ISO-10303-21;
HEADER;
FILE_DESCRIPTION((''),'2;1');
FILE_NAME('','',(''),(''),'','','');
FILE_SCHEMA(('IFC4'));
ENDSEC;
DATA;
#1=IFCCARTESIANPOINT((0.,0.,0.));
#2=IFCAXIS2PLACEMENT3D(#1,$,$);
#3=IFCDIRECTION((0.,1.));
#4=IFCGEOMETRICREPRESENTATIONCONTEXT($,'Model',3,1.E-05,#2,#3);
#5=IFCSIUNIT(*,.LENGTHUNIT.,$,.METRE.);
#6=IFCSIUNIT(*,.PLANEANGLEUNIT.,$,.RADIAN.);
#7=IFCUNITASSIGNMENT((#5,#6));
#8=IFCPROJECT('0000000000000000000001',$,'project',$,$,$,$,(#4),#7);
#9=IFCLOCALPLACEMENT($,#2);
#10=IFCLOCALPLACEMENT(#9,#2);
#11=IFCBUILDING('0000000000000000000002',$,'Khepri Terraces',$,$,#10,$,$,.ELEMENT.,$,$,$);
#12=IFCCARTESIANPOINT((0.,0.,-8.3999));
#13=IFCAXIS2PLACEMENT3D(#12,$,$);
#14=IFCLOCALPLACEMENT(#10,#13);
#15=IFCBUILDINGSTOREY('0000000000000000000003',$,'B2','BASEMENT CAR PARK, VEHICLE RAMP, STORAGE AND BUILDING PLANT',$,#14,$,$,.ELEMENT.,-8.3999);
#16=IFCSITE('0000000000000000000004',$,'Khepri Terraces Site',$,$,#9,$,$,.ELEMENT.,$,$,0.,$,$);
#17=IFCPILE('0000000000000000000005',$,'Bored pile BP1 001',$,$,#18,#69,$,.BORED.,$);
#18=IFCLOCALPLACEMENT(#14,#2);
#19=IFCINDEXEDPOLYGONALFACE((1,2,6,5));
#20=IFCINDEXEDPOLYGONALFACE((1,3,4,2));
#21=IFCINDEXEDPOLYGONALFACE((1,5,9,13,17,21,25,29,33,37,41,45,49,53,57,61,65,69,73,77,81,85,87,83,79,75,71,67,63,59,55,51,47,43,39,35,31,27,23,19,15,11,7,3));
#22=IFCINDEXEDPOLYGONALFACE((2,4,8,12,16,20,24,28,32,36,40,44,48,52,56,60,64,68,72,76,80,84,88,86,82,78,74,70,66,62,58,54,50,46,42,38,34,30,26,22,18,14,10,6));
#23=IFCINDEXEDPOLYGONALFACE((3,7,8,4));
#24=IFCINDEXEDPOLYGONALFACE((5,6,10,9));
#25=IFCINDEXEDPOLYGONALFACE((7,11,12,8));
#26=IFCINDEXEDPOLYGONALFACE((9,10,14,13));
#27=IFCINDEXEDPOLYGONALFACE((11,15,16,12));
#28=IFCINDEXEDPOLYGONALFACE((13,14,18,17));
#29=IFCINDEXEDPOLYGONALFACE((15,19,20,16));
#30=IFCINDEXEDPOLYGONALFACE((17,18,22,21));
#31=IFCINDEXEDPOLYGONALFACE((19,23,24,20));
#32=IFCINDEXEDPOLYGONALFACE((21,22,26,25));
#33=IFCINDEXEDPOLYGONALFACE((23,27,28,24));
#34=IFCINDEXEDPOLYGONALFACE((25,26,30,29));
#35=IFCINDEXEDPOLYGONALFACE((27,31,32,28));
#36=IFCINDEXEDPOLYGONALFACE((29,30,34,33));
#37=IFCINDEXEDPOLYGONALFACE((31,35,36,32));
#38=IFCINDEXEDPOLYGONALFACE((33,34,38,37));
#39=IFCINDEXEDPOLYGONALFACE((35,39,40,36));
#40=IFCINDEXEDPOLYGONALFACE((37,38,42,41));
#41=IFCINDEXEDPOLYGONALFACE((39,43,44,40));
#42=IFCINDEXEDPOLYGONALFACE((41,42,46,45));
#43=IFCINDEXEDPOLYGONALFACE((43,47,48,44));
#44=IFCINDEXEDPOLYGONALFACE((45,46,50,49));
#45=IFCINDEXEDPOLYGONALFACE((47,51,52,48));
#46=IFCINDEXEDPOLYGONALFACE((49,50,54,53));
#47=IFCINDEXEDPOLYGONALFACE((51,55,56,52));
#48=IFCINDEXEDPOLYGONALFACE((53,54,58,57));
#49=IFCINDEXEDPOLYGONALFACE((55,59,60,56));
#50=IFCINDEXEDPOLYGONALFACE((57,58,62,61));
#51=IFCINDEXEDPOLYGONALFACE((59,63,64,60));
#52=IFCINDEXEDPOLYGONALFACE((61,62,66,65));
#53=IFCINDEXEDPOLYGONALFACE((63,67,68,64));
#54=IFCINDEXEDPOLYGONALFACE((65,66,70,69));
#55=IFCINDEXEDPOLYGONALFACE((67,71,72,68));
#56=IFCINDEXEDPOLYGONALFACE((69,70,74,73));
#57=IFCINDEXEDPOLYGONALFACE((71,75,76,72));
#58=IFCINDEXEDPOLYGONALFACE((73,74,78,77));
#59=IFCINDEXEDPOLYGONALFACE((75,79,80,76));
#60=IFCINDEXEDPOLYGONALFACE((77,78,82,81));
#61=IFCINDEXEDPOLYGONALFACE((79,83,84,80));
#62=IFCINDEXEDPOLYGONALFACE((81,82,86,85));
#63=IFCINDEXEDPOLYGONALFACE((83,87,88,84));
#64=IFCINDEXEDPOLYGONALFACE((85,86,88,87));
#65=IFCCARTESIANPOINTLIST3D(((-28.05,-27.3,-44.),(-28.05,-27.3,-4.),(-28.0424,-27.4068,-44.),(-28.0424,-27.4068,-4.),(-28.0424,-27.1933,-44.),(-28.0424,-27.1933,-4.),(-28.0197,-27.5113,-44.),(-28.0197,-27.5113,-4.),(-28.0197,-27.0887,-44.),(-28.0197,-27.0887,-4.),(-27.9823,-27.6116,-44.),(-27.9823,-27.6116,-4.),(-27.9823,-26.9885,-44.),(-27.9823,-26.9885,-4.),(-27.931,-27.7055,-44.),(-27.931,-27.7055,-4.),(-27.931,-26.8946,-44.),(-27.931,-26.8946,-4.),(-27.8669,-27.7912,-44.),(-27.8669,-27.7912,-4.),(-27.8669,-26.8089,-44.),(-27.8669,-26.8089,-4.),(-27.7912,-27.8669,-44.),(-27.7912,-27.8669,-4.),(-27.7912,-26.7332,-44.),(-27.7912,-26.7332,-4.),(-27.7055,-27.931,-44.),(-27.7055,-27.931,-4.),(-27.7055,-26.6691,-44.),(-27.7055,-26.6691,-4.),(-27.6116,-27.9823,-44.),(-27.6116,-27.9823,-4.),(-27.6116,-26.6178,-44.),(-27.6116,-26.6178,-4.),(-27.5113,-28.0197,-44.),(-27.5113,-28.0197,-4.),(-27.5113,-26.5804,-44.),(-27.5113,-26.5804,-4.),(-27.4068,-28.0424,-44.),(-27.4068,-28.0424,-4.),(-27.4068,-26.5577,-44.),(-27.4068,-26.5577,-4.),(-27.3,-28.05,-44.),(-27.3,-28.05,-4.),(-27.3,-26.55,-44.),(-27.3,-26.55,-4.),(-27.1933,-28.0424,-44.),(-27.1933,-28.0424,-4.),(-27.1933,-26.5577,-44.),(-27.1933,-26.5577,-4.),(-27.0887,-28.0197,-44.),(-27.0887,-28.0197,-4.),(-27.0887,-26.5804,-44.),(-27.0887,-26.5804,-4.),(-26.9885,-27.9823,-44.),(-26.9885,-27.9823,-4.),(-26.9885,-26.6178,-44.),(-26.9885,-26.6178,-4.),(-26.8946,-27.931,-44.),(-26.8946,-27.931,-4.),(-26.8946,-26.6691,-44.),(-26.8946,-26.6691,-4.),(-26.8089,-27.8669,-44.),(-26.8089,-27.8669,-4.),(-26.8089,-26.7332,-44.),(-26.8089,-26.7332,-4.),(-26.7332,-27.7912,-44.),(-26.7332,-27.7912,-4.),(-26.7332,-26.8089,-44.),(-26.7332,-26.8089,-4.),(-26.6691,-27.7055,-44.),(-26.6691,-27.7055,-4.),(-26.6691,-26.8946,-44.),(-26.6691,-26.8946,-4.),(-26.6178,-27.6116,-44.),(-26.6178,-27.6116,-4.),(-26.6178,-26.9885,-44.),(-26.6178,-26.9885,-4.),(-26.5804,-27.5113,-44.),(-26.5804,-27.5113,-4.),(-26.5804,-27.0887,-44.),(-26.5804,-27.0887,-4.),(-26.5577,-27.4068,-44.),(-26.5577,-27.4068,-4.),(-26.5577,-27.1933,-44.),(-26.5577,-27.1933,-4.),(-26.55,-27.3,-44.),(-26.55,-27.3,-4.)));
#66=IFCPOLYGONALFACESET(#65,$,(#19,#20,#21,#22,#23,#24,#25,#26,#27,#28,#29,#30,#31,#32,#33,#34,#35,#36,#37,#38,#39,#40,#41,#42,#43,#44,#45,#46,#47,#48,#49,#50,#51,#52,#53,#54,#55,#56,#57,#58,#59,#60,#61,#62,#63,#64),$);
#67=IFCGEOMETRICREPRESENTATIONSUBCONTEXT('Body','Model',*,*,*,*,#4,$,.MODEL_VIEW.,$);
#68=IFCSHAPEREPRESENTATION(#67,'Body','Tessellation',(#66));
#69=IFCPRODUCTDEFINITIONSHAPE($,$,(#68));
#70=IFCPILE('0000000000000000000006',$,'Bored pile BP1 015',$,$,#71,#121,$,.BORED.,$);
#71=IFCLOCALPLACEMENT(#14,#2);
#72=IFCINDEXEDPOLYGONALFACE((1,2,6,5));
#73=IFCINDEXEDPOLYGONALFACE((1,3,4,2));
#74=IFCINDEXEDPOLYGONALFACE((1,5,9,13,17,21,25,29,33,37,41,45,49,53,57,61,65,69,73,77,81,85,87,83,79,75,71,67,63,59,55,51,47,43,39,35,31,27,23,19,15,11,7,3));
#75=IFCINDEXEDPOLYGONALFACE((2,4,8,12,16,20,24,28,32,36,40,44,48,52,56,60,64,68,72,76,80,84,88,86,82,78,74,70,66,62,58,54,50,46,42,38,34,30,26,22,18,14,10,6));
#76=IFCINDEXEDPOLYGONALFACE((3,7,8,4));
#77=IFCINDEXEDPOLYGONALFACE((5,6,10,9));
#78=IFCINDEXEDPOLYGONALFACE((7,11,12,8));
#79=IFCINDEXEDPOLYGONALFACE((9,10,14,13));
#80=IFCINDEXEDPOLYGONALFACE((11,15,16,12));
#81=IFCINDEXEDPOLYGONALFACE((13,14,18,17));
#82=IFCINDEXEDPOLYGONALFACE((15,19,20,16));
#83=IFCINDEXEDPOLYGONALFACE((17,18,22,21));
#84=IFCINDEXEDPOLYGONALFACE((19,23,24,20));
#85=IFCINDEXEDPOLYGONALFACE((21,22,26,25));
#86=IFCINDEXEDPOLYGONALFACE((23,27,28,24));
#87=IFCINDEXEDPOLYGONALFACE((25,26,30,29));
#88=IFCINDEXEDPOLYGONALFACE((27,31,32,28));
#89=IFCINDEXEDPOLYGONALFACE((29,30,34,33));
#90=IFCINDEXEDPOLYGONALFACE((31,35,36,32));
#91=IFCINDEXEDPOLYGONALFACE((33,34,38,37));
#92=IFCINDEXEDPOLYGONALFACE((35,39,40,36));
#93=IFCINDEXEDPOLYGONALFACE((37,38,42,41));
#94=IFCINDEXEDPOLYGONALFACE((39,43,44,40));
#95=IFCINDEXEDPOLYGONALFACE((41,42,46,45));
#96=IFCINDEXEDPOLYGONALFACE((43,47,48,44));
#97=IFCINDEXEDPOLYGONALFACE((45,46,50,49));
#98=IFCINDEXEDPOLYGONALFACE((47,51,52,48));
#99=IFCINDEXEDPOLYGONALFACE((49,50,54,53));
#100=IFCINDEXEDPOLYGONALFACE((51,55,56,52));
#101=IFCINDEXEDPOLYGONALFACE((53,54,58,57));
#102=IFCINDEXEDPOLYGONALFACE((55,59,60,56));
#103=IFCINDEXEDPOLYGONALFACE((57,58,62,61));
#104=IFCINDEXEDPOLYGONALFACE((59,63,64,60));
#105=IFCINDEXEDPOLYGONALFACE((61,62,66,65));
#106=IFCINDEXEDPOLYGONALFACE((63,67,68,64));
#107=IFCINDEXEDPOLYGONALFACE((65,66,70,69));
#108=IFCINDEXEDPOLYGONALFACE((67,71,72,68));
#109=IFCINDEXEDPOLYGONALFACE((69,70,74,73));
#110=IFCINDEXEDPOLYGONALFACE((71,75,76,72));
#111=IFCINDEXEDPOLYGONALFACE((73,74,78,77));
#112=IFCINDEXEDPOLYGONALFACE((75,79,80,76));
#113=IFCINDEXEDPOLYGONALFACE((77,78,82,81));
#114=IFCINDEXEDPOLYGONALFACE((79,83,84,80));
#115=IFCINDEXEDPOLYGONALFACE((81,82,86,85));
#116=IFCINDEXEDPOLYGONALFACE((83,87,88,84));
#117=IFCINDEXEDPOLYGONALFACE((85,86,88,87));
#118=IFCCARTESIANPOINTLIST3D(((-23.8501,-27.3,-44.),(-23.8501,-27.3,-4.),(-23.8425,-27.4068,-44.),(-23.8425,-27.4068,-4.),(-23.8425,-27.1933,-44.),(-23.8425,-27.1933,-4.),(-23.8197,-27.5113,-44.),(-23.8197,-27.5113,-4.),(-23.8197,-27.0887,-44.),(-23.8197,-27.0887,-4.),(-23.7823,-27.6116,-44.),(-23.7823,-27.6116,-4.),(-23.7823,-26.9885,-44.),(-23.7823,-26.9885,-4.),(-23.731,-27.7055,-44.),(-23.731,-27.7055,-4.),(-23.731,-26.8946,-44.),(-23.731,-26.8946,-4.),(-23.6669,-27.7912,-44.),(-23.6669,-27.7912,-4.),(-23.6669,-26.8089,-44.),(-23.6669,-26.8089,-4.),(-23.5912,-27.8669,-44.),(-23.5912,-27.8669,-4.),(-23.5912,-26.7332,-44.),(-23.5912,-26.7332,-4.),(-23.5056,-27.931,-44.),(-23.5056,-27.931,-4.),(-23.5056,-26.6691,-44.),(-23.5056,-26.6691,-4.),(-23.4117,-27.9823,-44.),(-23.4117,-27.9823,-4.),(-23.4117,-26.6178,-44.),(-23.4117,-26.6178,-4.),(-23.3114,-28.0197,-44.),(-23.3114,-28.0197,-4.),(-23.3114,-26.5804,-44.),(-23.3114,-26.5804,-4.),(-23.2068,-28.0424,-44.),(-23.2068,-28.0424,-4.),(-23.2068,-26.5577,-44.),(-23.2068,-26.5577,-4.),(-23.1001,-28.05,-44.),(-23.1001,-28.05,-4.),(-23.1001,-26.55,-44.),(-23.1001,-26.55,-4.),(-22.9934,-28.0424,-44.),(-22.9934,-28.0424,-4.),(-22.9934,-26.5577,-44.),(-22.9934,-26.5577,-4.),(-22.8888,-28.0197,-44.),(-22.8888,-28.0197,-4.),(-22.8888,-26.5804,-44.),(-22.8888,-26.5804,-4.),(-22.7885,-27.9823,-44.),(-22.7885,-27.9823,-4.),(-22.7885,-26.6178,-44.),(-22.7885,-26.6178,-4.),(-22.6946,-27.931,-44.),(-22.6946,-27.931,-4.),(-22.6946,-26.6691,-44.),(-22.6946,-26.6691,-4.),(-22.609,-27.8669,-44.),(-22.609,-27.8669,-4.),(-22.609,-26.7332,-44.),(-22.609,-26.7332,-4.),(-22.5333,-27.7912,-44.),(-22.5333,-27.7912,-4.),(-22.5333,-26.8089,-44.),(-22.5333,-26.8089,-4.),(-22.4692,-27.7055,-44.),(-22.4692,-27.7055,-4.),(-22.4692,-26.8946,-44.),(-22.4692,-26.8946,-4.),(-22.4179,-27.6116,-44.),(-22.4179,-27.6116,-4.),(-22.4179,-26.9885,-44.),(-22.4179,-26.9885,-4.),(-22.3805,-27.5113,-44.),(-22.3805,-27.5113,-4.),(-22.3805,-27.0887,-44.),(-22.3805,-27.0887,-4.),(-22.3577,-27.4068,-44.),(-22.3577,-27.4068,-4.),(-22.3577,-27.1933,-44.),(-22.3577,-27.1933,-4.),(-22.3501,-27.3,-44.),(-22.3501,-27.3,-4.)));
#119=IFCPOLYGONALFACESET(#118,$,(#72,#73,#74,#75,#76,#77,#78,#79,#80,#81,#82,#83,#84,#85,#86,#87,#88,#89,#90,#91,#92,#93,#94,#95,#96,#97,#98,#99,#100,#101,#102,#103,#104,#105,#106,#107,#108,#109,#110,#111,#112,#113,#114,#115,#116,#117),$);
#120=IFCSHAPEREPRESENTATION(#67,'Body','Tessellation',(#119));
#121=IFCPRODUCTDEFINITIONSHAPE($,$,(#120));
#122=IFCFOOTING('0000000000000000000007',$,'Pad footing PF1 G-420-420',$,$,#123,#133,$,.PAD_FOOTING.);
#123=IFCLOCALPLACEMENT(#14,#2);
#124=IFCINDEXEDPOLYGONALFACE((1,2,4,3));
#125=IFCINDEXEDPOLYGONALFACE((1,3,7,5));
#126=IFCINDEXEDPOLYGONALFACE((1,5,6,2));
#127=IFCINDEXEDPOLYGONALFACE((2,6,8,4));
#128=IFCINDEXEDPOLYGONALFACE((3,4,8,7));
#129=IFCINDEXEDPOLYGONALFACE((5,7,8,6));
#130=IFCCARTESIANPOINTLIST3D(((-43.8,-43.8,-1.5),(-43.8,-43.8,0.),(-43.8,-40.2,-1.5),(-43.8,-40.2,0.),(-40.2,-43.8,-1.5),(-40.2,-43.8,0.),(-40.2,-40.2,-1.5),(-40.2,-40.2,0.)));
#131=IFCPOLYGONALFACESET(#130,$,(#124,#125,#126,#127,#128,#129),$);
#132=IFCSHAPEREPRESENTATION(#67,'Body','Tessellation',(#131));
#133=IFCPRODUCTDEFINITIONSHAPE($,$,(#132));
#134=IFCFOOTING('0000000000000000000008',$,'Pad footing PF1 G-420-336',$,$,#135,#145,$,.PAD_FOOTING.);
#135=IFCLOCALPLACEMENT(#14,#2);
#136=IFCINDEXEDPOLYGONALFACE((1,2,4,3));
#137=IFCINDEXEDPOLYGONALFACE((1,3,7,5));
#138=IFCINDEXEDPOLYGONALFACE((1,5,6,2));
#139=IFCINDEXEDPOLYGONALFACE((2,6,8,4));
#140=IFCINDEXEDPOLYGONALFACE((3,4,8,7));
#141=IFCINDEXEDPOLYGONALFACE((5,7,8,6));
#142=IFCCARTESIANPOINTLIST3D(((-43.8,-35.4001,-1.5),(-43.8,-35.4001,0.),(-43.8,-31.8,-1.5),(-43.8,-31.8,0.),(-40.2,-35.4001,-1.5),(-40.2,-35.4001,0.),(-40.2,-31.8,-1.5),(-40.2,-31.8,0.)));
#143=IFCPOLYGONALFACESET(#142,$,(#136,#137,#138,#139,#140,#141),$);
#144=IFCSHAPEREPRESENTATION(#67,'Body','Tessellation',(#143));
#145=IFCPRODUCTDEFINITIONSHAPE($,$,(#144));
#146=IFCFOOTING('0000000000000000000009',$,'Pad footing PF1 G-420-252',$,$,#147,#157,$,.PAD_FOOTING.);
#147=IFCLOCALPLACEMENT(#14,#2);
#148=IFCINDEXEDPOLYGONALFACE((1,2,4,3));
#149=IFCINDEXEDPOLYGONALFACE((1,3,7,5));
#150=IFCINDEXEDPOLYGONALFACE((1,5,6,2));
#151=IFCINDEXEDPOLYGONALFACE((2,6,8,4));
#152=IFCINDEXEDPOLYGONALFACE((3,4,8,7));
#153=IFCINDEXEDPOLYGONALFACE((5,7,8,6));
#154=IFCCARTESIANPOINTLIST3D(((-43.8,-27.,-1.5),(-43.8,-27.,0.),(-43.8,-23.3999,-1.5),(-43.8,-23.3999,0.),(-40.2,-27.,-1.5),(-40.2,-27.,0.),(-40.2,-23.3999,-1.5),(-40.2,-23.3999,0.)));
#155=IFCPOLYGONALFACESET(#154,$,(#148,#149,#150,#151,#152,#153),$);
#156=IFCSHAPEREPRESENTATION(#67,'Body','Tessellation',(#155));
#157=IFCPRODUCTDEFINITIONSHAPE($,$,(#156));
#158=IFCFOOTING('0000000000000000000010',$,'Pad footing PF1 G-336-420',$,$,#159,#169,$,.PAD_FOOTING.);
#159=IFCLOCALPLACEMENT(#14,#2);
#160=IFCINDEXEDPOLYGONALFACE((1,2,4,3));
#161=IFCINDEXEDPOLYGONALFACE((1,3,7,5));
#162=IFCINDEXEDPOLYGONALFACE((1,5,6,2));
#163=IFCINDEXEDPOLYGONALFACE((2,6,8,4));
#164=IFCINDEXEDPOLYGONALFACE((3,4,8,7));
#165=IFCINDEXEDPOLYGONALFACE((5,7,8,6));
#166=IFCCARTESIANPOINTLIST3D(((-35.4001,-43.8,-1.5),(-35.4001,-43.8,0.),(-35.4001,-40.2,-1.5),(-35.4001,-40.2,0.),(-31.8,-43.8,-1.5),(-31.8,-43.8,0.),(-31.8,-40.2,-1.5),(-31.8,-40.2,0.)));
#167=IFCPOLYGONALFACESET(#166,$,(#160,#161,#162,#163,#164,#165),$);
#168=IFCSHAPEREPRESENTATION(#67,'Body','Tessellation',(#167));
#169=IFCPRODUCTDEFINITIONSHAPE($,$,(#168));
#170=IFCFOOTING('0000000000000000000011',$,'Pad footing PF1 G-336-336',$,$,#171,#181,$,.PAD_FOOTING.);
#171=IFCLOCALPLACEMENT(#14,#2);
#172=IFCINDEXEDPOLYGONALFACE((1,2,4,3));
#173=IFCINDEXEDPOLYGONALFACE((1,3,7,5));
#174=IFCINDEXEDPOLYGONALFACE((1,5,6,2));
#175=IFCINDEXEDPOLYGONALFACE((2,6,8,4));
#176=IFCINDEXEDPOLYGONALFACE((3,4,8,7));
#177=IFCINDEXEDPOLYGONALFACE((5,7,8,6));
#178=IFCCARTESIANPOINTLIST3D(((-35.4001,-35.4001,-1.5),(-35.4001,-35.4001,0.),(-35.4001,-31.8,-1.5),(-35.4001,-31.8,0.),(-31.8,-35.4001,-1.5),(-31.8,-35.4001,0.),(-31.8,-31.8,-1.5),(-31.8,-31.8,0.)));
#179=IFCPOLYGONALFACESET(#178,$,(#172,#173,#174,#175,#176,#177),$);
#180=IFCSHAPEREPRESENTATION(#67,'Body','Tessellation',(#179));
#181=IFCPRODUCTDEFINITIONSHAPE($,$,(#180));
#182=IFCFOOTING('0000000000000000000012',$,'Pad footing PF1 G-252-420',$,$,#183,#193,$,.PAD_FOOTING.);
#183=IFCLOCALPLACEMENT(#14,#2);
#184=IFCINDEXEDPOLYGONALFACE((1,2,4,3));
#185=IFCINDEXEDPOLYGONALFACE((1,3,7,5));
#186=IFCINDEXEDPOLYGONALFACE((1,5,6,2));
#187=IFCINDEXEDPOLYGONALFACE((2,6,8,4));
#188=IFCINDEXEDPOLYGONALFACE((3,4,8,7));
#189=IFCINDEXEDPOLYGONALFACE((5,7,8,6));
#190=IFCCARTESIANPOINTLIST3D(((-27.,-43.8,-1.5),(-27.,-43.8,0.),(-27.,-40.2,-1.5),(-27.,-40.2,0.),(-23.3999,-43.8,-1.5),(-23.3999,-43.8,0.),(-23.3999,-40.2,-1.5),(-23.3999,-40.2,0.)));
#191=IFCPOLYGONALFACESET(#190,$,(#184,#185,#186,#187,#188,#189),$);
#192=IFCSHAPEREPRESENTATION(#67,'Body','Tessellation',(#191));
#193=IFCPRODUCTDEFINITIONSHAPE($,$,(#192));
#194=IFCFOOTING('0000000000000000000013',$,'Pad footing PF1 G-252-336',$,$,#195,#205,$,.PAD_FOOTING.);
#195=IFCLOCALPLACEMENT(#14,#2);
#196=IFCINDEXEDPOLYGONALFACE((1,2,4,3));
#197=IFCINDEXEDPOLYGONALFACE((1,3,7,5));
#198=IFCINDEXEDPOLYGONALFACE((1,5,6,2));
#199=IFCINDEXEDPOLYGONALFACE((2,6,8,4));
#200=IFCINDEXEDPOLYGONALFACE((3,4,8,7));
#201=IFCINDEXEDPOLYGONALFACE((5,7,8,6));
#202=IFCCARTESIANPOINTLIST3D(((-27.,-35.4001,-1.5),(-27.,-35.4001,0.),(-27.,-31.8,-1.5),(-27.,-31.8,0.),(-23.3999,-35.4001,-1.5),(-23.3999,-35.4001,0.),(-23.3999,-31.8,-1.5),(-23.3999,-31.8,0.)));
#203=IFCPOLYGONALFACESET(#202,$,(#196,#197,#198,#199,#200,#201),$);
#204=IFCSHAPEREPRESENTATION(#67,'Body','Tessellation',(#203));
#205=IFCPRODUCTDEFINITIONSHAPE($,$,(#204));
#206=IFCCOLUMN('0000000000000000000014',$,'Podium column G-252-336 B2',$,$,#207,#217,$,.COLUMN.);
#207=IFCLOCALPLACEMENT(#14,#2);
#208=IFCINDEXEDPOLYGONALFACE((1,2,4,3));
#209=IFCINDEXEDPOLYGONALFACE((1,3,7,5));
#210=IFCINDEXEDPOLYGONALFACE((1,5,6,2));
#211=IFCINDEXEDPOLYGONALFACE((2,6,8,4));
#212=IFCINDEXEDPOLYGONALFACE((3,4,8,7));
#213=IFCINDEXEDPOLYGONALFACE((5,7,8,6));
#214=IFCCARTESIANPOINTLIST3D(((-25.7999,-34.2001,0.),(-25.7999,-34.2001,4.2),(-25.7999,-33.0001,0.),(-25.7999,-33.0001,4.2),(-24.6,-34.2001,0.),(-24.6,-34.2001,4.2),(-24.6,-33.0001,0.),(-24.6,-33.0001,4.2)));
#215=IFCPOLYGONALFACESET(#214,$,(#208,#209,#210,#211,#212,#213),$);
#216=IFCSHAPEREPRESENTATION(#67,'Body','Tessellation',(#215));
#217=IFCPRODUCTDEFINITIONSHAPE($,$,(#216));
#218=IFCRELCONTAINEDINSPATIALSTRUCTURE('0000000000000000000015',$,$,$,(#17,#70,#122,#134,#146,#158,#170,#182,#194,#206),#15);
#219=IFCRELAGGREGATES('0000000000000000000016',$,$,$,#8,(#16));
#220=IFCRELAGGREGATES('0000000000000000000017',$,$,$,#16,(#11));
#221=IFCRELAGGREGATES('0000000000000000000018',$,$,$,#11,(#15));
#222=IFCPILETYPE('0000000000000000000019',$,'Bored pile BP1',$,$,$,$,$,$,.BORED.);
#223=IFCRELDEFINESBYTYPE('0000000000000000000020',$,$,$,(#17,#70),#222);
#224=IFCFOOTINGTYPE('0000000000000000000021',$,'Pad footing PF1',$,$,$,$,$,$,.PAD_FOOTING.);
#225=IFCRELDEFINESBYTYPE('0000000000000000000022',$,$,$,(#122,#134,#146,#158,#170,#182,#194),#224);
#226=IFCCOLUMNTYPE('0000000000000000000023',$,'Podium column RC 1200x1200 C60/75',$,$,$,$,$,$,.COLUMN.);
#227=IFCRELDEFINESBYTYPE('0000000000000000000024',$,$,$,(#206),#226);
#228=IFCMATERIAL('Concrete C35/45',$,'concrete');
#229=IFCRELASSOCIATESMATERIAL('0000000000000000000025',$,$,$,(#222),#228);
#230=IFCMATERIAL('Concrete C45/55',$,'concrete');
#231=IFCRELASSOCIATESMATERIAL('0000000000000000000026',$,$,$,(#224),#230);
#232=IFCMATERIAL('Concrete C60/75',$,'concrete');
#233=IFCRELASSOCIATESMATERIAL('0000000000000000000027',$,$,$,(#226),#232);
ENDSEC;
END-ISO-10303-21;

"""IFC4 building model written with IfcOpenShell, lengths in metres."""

from ifc_helpers import new_model, si_unit, direction, frame, origin, origin_2d, place, context, subcontext, project, spatial, rectangle, circle, extrude, material, material_profile, profile_set, type_object, element, save


model = new_model("IFC4")

# Units and contexts
model_context = context("Model", 3, precision=1e-05, world=origin(), true_north=direction((0.0, 1.0)))
body_context = subcontext(model_context, "Body", "Model", "MODEL_VIEW")
ifc_project = project(units=[si_unit("LENGTHUNIT", "METRE"), si_unit("PLANEANGLEUNIT", "RADIAN")], contexts=[model_context])

# Site, building, storey
site_placement = place(None, origin())
site = spatial("IfcSite", under=ifc_project, at=site_placement, Name="Khepri Terraces Site", CompositionType="ELEMENT", RefElevation=0.0)
building_placement = place(site_placement, origin())
building = spatial("IfcBuilding", under=site, at=building_placement, Name="Khepri Terraces", CompositionType="ELEMENT")
storey_placement = place(building_placement, frame((0.0, 0.0, -8.3999)))
storey = spatial("IfcBuildingStorey", under=building, at=storey_placement, Name="B2", Description="BASEMENT CAR PARK, VEHICLE RAMP, STORAGE AND BUILDING PLANT", CompositionType="ELEMENT", Elevation=-8.3999)

# Piles
ifc_material_1 = material(Name="Concrete C35/45", Category="concrete")
ifc_material_profile_1 = material_profile(ifc_material_1, circle(Radius=0.75, at=origin_2d()), Name="Concrete C35/45", Category="concrete")
ifc_profile_set_1 = profile_set([ifc_material_profile_1], Name="Concrete C35/45")
pile_type = type_object("IfcPileType", Name="Bored pile BP1", PredefinedType="BORED", material=ifc_profile_set_1)
for number, where, z_axis, x_axis, name in (
    (1, (-27.3, -27.3, -4.0), (0.0, 0.0, -1.0), (1.0, 0.0, 0.0), "Bored pile BP1 001"),
    (2, (-23.1001, -27.3, -4.0), (0.0, 0.0, -1.0), (1.0, 0.0, 0.0), "Bored pile BP1 015"),
):
    element("IfcPile", number, at=place(storey_placement, frame(where, z_axis=z_axis, x_axis=x_axis)), inside=storey, type_object=pile_type, Name=name, PredefinedType="BORED", context=body_context, shape_type="SweptSolid", body=[
        extrude(circle(Radius=0.75, at=origin_2d()), origin(), (0.0, 0.0, 1.0), 40.0),
    ])

# Footings
ifc_material_2 = material(Name="Concrete C45/55", Category="concrete")
footing_type = type_object("IfcFootingType", Name="Pad footing PF1", PredefinedType="PAD_FOOTING", material=ifc_material_2)
for number, where, z_axis, x_axis, name in (
    (3, (-42.0, -42.0, -1.5), (0.0, 0.0, 1.0), (1.0, 0.0, 0.0), "Pad footing PF1 G-420-420"),
    (4, (-42.0, -33.6001, -1.5), (0.0, 0.0, 1.0), (1.0, 0.0, 0.0), "Pad footing PF1 G-420-336"),
    (5, (-42.0, -25.2, -1.5), (0.0, 0.0, 1.0), (1.0, 0.0, 0.0), "Pad footing PF1 G-420-252"),
    (6, (-33.6001, -42.0, -1.5), (0.0, 0.0, 1.0), (1.0, 0.0, 0.0), "Pad footing PF1 G-336-420"),
    (7, (-33.6001, -33.6001, -1.5), (0.0, 0.0, 1.0), (1.0, 0.0, 0.0), "Pad footing PF1 G-336-336"),
    (8, (-25.2, -42.0, -1.5), (0.0, 0.0, 1.0), (1.0, 0.0, 0.0), "Pad footing PF1 G-252-420"),
    (9, (-25.2, -33.6001, -1.5), (0.0, 0.0, 1.0), (1.0, 0.0, 0.0), "Pad footing PF1 G-252-336"),
):
    element("IfcFooting", number, at=place(storey_placement, frame(where, z_axis=z_axis, x_axis=x_axis)), inside=storey, type_object=footing_type, Name=name, PredefinedType="PAD_FOOTING", context=body_context, shape_type="SweptSolid", body=[
        extrude(rectangle(XDim=3.6001, YDim=3.6001, at=origin_2d()), origin(), (0.0, 0.0, 1.0), 1.5),
    ])

# Column
ifc_material_3 = material(Name="Concrete C60/75", Category="concrete")
ifc_material_profile_2 = material_profile(ifc_material_3, rectangle(XDim=1.2, YDim=1.2, at=origin_2d()), Name="Concrete C60/75", Category="concrete")
ifc_profile_set_2 = profile_set([ifc_material_profile_2], Name="Concrete C60/75")
column_type = type_object("IfcColumnType", Name="Podium column RC 1200x1200 C60/75", PredefinedType="COLUMN", material=ifc_profile_set_2)
for number, where, z_axis, x_axis, name in (
    (10, (-25.2, -33.6001, 0.0), (0.0, 0.0, 1.0), (1.0, 0.0, 0.0), "Podium column G-252-336 B2"),
):
    element("IfcColumn", number, at=place(storey_placement, frame(where, z_axis=z_axis, x_axis=x_axis)), inside=storey, type_object=column_type, Name=name, PredefinedType="COLUMN", context=body_context, shape_type="SweptSolid", body=[
        extrude(rectangle(XDim=1.2, YDim=1.2, at=origin_2d()), origin(), (0.0, 0.0, 1.0), 4.2),
    ])

save(model, "model.ifc")
